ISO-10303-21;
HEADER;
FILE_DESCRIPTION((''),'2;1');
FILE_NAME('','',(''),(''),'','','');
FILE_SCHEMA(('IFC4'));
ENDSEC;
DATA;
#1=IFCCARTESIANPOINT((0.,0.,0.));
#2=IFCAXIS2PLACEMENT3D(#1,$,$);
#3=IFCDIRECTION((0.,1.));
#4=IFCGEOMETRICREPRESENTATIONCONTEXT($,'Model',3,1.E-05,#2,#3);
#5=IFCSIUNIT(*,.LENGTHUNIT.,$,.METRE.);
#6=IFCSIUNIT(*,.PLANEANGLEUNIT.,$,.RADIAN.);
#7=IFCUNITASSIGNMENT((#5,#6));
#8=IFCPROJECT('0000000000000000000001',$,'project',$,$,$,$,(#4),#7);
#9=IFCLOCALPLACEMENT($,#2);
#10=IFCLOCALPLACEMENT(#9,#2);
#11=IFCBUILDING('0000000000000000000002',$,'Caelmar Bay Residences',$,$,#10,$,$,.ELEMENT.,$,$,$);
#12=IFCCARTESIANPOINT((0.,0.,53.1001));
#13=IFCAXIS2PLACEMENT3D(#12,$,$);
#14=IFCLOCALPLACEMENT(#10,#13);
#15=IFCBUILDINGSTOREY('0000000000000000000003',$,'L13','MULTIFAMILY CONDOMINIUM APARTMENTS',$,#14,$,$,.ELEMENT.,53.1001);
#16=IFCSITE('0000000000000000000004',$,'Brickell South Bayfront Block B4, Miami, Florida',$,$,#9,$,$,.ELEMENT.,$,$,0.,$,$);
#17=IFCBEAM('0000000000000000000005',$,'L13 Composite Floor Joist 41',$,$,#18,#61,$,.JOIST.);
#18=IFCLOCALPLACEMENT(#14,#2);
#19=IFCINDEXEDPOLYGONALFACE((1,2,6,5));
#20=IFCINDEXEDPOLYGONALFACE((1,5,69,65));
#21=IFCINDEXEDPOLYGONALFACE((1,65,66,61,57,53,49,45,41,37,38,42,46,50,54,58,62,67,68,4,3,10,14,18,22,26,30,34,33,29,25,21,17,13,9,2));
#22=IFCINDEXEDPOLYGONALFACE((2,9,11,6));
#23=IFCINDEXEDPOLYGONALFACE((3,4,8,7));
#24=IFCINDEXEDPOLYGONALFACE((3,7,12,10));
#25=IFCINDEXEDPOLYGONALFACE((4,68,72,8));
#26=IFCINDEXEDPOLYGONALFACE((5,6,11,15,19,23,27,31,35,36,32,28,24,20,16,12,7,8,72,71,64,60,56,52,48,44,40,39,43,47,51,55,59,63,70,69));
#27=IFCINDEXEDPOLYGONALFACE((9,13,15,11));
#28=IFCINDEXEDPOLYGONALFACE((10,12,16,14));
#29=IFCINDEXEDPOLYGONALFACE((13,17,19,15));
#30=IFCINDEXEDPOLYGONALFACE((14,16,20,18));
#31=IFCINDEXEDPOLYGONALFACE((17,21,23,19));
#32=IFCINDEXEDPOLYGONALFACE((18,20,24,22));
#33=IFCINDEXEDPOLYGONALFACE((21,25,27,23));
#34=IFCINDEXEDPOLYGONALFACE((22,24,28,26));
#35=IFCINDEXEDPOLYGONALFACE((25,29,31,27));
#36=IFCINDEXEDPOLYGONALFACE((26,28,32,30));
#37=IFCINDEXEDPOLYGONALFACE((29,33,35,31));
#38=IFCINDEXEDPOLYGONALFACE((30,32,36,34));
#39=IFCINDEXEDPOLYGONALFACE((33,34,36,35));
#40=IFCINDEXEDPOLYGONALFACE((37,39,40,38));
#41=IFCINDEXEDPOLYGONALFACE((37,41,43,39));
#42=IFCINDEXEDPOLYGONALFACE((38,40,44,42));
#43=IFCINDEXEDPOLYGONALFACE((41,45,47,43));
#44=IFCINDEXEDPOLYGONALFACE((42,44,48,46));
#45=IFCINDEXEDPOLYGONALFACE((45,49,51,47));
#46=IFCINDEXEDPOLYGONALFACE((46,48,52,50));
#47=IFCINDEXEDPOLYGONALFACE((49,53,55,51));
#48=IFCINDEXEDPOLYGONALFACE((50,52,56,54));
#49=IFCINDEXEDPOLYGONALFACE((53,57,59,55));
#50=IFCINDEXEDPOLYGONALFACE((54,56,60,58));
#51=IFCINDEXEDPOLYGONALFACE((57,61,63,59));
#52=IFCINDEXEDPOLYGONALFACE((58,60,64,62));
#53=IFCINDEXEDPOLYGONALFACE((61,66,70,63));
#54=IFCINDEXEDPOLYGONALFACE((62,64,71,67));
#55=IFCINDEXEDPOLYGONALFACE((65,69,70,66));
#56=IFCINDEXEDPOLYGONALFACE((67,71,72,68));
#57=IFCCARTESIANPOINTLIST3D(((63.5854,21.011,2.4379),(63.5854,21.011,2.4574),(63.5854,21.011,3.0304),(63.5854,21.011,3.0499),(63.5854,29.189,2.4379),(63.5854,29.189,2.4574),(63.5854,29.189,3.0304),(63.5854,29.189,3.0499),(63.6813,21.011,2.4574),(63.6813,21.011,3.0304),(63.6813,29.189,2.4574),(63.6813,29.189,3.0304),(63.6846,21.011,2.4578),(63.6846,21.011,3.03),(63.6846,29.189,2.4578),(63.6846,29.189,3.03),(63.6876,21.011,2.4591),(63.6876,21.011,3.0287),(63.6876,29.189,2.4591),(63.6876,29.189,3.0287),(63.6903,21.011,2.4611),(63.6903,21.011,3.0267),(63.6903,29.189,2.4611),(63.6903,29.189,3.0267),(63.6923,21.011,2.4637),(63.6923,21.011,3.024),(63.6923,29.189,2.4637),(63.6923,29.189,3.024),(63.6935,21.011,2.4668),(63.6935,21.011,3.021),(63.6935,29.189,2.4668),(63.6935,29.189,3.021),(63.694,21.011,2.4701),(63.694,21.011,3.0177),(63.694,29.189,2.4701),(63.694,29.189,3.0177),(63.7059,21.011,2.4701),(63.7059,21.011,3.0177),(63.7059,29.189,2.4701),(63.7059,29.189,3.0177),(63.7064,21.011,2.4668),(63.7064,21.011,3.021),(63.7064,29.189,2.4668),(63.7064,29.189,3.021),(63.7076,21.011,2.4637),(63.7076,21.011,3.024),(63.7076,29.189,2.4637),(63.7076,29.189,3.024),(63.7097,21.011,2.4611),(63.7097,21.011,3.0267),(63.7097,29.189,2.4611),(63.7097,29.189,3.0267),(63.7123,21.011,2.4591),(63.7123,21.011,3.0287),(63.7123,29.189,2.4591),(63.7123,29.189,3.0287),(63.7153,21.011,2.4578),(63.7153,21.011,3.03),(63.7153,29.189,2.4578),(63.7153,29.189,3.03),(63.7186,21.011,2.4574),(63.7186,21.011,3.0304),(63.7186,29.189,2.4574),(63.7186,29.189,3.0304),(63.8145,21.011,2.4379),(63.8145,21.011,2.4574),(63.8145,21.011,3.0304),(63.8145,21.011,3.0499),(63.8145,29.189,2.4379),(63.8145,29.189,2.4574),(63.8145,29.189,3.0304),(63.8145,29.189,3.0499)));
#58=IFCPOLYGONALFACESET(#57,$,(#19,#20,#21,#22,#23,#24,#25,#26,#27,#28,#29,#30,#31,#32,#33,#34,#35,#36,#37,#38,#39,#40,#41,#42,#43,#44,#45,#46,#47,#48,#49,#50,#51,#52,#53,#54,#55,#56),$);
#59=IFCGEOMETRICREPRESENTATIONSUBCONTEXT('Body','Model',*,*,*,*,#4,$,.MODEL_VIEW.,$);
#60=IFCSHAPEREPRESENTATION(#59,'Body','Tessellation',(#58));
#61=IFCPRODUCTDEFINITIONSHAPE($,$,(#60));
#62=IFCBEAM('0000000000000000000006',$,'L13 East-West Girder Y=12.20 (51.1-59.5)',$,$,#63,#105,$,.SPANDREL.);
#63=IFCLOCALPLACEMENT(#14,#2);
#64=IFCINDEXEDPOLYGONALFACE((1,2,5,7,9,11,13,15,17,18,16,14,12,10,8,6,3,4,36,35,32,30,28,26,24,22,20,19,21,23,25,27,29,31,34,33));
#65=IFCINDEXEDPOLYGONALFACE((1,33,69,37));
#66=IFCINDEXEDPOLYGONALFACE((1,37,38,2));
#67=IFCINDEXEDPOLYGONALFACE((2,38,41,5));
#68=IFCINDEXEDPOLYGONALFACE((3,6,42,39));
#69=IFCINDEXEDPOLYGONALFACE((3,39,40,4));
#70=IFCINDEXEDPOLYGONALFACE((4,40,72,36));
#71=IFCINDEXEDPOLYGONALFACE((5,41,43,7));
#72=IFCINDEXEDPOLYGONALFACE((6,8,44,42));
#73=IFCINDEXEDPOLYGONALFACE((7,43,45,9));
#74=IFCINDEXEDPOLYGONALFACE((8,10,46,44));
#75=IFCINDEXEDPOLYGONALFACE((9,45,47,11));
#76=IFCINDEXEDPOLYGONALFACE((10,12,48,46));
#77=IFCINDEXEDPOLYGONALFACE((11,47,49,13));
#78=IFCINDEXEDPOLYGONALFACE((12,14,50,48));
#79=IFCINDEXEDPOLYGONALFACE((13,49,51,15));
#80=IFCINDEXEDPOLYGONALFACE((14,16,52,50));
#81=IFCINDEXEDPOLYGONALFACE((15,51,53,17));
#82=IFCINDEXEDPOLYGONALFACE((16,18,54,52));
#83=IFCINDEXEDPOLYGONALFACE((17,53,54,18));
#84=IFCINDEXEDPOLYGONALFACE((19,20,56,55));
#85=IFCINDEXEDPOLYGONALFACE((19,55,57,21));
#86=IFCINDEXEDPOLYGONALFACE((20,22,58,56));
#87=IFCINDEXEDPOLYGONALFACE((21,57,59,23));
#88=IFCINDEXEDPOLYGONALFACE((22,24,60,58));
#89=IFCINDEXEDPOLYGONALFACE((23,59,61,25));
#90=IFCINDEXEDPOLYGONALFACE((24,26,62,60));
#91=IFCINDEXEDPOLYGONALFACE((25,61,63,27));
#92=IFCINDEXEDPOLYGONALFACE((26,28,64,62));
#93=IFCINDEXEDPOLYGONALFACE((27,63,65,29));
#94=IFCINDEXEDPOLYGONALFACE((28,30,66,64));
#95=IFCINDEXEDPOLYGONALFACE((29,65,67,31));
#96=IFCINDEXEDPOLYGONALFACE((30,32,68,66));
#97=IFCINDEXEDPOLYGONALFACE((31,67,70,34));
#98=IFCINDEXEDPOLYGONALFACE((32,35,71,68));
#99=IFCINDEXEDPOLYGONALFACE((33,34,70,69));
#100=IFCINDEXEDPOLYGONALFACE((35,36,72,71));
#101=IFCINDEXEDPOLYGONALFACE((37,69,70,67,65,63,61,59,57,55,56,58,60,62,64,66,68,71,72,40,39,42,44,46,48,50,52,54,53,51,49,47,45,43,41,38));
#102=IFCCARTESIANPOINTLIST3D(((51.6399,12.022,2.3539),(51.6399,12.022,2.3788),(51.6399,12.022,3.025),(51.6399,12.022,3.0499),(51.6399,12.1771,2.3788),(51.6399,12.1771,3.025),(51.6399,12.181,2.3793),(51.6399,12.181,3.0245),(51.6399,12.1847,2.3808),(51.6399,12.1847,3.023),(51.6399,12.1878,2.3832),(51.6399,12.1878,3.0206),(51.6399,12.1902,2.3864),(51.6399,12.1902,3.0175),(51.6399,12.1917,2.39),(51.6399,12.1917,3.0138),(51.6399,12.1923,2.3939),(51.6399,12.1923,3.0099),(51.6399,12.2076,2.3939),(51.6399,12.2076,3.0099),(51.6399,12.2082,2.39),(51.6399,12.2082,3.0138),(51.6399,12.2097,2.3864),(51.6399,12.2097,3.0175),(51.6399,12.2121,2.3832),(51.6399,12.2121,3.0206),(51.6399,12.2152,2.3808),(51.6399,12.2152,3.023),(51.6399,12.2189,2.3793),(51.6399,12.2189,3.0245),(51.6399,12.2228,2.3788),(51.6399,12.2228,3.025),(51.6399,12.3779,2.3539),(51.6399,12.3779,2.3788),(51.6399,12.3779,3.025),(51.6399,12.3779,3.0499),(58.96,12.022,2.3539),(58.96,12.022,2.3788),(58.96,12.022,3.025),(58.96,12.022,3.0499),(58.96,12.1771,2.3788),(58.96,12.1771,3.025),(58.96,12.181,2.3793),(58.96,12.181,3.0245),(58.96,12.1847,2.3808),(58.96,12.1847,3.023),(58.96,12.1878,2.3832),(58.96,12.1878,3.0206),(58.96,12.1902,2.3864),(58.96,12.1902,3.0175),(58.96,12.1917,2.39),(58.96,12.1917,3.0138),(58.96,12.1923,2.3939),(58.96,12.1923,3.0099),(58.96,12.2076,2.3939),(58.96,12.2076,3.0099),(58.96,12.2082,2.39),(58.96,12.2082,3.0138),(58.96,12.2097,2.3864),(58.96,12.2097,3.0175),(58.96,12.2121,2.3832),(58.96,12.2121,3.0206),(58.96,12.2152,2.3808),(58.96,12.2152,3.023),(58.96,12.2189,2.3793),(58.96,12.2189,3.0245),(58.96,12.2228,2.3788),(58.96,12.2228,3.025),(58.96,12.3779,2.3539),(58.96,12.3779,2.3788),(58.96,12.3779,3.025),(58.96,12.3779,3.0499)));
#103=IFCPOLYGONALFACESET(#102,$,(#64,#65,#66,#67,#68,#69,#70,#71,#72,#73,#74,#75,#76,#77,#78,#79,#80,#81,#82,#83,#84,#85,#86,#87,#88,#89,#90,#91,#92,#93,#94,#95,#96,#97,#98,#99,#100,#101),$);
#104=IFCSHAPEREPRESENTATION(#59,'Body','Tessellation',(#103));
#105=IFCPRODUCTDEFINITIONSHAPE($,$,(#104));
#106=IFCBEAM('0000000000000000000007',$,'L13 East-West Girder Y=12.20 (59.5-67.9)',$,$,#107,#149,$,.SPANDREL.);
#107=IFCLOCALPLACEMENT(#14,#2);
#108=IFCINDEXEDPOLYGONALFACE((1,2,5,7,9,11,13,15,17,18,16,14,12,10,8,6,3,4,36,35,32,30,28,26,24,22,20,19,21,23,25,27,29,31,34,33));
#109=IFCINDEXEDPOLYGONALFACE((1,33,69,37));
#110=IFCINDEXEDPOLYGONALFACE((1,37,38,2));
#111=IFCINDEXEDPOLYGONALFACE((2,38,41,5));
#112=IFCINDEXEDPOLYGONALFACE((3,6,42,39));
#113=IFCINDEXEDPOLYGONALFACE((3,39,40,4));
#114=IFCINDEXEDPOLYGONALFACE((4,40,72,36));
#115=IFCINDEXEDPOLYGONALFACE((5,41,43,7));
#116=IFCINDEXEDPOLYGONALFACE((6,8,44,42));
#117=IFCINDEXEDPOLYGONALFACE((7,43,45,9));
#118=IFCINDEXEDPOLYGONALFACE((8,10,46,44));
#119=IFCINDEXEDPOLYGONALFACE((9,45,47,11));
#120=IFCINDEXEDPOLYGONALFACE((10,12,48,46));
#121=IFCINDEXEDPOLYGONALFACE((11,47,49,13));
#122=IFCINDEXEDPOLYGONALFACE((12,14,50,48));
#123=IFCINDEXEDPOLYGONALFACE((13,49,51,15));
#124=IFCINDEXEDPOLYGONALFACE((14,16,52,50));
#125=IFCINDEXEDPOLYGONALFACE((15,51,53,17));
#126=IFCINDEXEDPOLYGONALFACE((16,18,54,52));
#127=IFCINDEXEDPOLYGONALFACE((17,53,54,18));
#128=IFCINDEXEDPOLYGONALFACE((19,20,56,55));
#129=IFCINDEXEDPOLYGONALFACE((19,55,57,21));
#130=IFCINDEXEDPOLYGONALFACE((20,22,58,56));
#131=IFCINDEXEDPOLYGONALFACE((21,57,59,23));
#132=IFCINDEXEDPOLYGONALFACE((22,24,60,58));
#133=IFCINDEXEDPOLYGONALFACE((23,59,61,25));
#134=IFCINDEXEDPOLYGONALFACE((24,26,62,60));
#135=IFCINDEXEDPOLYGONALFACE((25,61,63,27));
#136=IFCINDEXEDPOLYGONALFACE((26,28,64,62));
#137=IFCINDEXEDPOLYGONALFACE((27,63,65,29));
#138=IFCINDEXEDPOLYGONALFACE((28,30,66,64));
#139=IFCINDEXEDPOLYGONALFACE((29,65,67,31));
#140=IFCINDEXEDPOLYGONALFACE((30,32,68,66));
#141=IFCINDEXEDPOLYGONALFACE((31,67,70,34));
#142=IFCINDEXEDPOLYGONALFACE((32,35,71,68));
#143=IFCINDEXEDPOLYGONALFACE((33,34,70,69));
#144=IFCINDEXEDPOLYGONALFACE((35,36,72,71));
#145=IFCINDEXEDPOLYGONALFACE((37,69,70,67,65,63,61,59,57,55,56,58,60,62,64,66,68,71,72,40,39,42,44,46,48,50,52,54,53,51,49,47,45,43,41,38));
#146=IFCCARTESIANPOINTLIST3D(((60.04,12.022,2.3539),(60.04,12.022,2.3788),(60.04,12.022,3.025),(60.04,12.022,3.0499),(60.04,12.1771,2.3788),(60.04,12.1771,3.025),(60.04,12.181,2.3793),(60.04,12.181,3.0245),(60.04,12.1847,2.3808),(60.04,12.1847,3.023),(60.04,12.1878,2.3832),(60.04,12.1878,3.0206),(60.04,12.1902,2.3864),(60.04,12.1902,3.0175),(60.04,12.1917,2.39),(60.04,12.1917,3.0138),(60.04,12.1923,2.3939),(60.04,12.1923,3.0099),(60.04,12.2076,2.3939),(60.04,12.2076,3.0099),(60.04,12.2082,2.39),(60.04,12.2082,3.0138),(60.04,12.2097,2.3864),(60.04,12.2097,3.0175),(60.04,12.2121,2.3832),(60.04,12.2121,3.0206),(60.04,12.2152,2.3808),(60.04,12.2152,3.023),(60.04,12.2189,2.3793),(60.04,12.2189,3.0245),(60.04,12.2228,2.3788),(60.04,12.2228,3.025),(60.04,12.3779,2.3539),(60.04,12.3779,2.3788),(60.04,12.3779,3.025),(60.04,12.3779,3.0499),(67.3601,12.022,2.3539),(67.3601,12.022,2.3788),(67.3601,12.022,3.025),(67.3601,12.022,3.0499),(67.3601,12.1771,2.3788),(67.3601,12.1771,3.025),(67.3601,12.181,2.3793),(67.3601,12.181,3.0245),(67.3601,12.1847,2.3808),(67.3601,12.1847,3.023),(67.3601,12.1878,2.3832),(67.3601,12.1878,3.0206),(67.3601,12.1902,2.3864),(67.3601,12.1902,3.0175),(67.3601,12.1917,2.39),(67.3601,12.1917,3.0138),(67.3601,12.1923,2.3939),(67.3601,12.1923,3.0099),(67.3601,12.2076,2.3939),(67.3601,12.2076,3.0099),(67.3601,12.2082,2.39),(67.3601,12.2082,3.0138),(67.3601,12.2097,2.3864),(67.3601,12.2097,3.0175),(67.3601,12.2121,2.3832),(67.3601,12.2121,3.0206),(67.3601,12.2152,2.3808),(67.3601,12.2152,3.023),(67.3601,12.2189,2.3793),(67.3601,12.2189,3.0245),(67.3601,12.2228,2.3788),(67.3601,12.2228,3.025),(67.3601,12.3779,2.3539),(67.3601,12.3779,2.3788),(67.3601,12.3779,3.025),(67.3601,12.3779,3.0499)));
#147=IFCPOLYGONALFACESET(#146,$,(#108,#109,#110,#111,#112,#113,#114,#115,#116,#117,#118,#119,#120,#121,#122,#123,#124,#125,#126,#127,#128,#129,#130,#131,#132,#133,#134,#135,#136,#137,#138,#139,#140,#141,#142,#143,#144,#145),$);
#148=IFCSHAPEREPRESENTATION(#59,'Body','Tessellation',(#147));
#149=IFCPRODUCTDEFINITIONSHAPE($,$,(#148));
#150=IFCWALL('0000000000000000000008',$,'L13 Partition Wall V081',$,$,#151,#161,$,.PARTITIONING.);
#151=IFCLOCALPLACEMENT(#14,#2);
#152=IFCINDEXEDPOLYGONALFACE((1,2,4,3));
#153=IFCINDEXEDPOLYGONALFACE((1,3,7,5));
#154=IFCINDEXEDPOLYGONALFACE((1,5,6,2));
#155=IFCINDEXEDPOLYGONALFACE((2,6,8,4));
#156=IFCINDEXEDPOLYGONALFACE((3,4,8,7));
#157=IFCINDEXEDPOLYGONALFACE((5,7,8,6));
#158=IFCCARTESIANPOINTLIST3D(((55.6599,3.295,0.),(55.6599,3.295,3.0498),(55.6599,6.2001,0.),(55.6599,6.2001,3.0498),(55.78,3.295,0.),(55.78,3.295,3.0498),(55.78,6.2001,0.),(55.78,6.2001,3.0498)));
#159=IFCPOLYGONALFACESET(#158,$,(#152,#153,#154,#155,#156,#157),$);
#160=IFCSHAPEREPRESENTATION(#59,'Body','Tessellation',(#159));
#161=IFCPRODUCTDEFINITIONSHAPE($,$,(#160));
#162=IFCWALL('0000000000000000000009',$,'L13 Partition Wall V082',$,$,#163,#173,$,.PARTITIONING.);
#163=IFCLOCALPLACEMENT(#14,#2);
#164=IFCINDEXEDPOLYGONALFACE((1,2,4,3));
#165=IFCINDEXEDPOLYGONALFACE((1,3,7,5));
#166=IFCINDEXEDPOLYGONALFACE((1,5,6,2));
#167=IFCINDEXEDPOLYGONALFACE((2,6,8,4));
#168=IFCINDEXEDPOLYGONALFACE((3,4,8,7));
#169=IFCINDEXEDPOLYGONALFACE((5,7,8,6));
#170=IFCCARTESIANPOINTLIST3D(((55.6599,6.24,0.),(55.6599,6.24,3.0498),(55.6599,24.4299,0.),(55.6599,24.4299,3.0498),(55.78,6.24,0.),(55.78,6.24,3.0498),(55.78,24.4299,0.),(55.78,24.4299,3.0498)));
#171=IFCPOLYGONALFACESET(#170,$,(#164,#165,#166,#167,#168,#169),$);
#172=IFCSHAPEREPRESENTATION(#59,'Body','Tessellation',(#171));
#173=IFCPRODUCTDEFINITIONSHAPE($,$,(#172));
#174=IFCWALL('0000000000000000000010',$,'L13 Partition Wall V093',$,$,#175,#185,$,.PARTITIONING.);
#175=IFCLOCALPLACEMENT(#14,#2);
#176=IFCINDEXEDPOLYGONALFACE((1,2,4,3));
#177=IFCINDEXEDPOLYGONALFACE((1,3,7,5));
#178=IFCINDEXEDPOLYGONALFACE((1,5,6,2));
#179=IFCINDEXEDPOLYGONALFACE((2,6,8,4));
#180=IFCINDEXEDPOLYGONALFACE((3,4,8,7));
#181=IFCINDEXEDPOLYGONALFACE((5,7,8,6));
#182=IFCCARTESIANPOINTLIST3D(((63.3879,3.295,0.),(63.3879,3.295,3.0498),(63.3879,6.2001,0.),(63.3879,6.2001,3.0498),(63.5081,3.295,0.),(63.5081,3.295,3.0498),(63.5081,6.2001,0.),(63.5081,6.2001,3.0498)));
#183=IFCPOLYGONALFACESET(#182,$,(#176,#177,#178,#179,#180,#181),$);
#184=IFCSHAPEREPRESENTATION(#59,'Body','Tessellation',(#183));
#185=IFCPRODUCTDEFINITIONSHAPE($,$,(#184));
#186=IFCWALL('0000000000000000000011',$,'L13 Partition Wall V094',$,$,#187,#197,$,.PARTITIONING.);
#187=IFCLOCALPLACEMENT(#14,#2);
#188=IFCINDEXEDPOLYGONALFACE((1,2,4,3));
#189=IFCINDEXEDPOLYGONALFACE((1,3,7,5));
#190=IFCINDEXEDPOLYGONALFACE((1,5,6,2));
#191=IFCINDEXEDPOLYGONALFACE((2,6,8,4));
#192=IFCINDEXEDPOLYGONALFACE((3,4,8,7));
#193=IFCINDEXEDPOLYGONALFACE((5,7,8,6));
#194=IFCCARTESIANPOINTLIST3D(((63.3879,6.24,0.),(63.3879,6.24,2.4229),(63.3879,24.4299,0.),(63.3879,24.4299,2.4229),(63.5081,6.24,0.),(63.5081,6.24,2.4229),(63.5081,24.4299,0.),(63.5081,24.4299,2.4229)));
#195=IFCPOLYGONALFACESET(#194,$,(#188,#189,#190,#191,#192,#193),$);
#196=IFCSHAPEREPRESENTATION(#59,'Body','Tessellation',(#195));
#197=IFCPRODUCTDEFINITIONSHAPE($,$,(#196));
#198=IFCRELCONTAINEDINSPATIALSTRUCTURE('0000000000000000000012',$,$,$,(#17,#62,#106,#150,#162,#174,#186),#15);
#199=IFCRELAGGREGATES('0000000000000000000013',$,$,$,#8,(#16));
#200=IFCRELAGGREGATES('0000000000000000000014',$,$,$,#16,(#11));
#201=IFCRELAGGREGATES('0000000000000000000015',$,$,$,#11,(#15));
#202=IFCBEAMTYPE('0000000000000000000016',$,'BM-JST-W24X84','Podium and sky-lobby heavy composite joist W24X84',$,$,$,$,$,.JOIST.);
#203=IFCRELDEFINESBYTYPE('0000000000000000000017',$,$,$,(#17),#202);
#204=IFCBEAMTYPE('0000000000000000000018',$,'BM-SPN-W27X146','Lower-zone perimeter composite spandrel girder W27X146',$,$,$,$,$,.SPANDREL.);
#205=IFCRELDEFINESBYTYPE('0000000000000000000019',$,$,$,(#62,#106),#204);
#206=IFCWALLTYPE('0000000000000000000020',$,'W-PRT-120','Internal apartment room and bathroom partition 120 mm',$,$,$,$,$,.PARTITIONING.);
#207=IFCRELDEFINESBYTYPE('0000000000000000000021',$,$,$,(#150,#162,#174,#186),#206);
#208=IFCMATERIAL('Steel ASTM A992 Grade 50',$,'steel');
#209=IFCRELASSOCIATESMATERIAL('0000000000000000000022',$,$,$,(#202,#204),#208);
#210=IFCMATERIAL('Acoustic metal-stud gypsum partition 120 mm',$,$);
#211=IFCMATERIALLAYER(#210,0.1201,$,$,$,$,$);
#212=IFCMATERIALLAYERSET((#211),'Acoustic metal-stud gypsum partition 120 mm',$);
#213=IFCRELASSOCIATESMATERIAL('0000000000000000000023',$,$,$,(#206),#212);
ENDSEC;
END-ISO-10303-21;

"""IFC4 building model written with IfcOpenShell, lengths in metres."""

from ifc_helpers import new_model, si_unit, direction, frame, frame_2d, origin, origin_2d, place, context, subcontext, project, spatial, rectangle, i_section, extrude, material, layer, layer_set, material_profile, profile_set, type_object, element, save


model = new_model("IFC4")

# Units and contexts
model_context = context("Model", 3, precision=1e-05, world=origin(), true_north=direction((0.0, 1.0)))
body_context = subcontext(model_context, "Body", "Model", "MODEL_VIEW")
ifc_project = project(units=[si_unit("LENGTHUNIT", "METRE"), si_unit("PLANEANGLEUNIT", "RADIAN")], contexts=[model_context])

# Site, building, storey
site_placement = place(None, origin())
site = spatial("IfcSite", under=ifc_project, at=site_placement, Name="Brickell South Bayfront Block B4, Miami, Florida", CompositionType="ELEMENT", RefElevation=0.0)
building_placement = place(site_placement, origin())
building = spatial("IfcBuilding", under=site, at=building_placement, Name="Caelmar Bay Residences", CompositionType="ELEMENT")
storey_placement = place(building_placement, frame((0.0, 0.0, 53.1001)))
storey = spatial("IfcBuildingStorey", under=building, at=storey_placement, Name="L13", Description="MULTIFAMILY CONDOMINIUM APARTMENTS", CompositionType="ELEMENT", Elevation=53.1001)

# Beams
ifc_material_1 = material(Name="Steel ASTM A992 Grade 50", Category="steel")
ifc_material_profile_1 = material_profile(ifc_material_1, i_section(OverallWidth=0.229, OverallDepth=0.6121, WebThickness=0.012, FlangeThickness=0.0195, FilletRadius=0.0127, at=origin_2d()), Name="W24X84")
ifc_profile_set_1 = profile_set([ifc_material_profile_1], Name="Steel ASTM A992 Grade 50")
beam_type_1 = type_object("IfcBeamType", Name="BM-JST-W24X84", Description="Podium and sky-lobby heavy composite joist W24X84", PredefinedType="JOIST", material=ifc_profile_set_1)
for number, where, z_axis, x_axis, name in (
    (1, (63.7, 21.011, 2.7439), (0.0, 1.0, 0.0), (-1.0, 0.0, 0.0), "L13 Composite Floor Joist 41"),
):
    element("IfcBeam", number, at=place(storey_placement, frame(where, z_axis=z_axis, x_axis=x_axis)), inside=storey, type_object=beam_type_1, Name=name, PredefinedType="JOIST", context=body_context, shape_type="SweptSolid", body=[
        extrude(i_section(OverallWidth=0.229, OverallDepth=0.6121, WebThickness=0.012, FlangeThickness=0.0195, FilletRadius=0.0127, at=origin_2d()), origin(), (0.0, 0.0, 1.0), 8.178),
    ])
ifc_material_profile_2 = material_profile(ifc_material_1, i_section(OverallWidth=0.356, OverallDepth=0.696, WebThickness=0.0154, FlangeThickness=0.0249, FilletRadius=0.0151, at=origin_2d()), Name="W27X146")
ifc_profile_set_2 = profile_set([ifc_material_profile_2], Name="Steel ASTM A992 Grade 50")
beam_type_2 = type_object("IfcBeamType", Name="BM-SPN-W27X146", Description="Lower-zone perimeter composite spandrel girder W27X146", PredefinedType="SPANDREL", material=ifc_profile_set_2)
for number, where, z_axis, x_axis, name in (
    (2, (51.6399, 12.2, 2.7019), (1.0, 0.0, 0.0), (0.0, 1.0, 0.0), "L13 East-West Girder Y=12.20 (51.1-59.5)"),
    (3, (60.04, 12.2, 2.7019), (1.0, 0.0, 0.0), (0.0, 1.0, 0.0), "L13 East-West Girder Y=12.20 (59.5-67.9)"),
):
    element("IfcBeam", number, at=place(storey_placement, frame(where, z_axis=z_axis, x_axis=x_axis)), inside=storey, type_object=beam_type_2, Name=name, PredefinedType="SPANDREL", context=body_context, shape_type="SweptSolid", body=[
        extrude(i_section(OverallWidth=0.356, OverallDepth=0.696, WebThickness=0.0154, FlangeThickness=0.0249, FilletRadius=0.0151, at=origin_2d()), origin(), (0.0, 0.0, 1.0), 7.3201),
    ])

# Walls
ifc_material_2 = material(Name="Acoustic metal-stud gypsum partition 120 mm")
ifc_layer_1 = layer(ifc_material_2, 0.1201)
ifc_layer_set_1 = layer_set([ifc_layer_1], Name="Acoustic metal-stud gypsum partition 120 mm")
wall_type_1 = type_object("IfcWallType", Name="W-PRT-120", Description="Internal apartment room and bathroom partition 120 mm", PredefinedType="PARTITIONING", material=ifc_layer_set_1)
wall_1_placement = place(storey_placement, frame((55.72, 3.2949, 0.0), z_axis=(0.0, 0.0, 1.0), x_axis=(0.0, 1.0, 0.0)))
element("IfcWall", 4, at=wall_1_placement, inside=storey, type_object=wall_type_1, Name="L13 Partition Wall V081", PredefinedType="PARTITIONING", context=body_context, shape_type="SweptSolid", body=[
    extrude(rectangle(XDim=2.905, YDim=0.1201, at=frame_2d((1.4526, 0.0))), origin(), (0.0, 0.0, 1.0), 3.0498),
])
wall_2_placement = place(storey_placement, frame((55.72, 6.24, 0.0), z_axis=(0.0, 0.0, 1.0), x_axis=(0.0, 1.0, 0.0)))
element("IfcWall", 5, at=wall_2_placement, inside=storey, type_object=wall_type_1, Name="L13 Partition Wall V082", PredefinedType="PARTITIONING", context=body_context, shape_type="SweptSolid", body=[
    extrude(rectangle(XDim=18.1899, YDim=0.1201, at=frame_2d((9.095, 0.0))), origin(), (0.0, 0.0, 1.0), 3.0498),
])
wall_3_placement = place(storey_placement, frame((63.448, 3.2949, 0.0), z_axis=(0.0, 0.0, 1.0), x_axis=(0.0, 1.0, 0.0)))
element("IfcWall", 6, at=wall_3_placement, inside=storey, type_object=wall_type_1, Name="L13 Partition Wall V093", PredefinedType="PARTITIONING", context=body_context, shape_type="SweptSolid", body=[
    extrude(rectangle(XDim=2.905, YDim=0.1201, at=frame_2d((1.4526, 0.0))), origin(), (0.0, 0.0, 1.0), 3.0498),
])
wall_4_placement = place(storey_placement, frame((63.448, 6.24, 0.0), z_axis=(0.0, 0.0, 1.0), x_axis=(0.0, 1.0, 0.0)))
element("IfcWall", 7, at=wall_4_placement, inside=storey, type_object=wall_type_1, Name="L13 Partition Wall V094", PredefinedType="PARTITIONING", context=body_context, shape_type="SweptSolid", body=[
    extrude(rectangle(XDim=18.1899, YDim=0.1201, at=frame_2d((9.095, 0.0))), origin(), (0.0, 0.0, 1.0), 2.4229),
])

save(model, "model.ifc")
